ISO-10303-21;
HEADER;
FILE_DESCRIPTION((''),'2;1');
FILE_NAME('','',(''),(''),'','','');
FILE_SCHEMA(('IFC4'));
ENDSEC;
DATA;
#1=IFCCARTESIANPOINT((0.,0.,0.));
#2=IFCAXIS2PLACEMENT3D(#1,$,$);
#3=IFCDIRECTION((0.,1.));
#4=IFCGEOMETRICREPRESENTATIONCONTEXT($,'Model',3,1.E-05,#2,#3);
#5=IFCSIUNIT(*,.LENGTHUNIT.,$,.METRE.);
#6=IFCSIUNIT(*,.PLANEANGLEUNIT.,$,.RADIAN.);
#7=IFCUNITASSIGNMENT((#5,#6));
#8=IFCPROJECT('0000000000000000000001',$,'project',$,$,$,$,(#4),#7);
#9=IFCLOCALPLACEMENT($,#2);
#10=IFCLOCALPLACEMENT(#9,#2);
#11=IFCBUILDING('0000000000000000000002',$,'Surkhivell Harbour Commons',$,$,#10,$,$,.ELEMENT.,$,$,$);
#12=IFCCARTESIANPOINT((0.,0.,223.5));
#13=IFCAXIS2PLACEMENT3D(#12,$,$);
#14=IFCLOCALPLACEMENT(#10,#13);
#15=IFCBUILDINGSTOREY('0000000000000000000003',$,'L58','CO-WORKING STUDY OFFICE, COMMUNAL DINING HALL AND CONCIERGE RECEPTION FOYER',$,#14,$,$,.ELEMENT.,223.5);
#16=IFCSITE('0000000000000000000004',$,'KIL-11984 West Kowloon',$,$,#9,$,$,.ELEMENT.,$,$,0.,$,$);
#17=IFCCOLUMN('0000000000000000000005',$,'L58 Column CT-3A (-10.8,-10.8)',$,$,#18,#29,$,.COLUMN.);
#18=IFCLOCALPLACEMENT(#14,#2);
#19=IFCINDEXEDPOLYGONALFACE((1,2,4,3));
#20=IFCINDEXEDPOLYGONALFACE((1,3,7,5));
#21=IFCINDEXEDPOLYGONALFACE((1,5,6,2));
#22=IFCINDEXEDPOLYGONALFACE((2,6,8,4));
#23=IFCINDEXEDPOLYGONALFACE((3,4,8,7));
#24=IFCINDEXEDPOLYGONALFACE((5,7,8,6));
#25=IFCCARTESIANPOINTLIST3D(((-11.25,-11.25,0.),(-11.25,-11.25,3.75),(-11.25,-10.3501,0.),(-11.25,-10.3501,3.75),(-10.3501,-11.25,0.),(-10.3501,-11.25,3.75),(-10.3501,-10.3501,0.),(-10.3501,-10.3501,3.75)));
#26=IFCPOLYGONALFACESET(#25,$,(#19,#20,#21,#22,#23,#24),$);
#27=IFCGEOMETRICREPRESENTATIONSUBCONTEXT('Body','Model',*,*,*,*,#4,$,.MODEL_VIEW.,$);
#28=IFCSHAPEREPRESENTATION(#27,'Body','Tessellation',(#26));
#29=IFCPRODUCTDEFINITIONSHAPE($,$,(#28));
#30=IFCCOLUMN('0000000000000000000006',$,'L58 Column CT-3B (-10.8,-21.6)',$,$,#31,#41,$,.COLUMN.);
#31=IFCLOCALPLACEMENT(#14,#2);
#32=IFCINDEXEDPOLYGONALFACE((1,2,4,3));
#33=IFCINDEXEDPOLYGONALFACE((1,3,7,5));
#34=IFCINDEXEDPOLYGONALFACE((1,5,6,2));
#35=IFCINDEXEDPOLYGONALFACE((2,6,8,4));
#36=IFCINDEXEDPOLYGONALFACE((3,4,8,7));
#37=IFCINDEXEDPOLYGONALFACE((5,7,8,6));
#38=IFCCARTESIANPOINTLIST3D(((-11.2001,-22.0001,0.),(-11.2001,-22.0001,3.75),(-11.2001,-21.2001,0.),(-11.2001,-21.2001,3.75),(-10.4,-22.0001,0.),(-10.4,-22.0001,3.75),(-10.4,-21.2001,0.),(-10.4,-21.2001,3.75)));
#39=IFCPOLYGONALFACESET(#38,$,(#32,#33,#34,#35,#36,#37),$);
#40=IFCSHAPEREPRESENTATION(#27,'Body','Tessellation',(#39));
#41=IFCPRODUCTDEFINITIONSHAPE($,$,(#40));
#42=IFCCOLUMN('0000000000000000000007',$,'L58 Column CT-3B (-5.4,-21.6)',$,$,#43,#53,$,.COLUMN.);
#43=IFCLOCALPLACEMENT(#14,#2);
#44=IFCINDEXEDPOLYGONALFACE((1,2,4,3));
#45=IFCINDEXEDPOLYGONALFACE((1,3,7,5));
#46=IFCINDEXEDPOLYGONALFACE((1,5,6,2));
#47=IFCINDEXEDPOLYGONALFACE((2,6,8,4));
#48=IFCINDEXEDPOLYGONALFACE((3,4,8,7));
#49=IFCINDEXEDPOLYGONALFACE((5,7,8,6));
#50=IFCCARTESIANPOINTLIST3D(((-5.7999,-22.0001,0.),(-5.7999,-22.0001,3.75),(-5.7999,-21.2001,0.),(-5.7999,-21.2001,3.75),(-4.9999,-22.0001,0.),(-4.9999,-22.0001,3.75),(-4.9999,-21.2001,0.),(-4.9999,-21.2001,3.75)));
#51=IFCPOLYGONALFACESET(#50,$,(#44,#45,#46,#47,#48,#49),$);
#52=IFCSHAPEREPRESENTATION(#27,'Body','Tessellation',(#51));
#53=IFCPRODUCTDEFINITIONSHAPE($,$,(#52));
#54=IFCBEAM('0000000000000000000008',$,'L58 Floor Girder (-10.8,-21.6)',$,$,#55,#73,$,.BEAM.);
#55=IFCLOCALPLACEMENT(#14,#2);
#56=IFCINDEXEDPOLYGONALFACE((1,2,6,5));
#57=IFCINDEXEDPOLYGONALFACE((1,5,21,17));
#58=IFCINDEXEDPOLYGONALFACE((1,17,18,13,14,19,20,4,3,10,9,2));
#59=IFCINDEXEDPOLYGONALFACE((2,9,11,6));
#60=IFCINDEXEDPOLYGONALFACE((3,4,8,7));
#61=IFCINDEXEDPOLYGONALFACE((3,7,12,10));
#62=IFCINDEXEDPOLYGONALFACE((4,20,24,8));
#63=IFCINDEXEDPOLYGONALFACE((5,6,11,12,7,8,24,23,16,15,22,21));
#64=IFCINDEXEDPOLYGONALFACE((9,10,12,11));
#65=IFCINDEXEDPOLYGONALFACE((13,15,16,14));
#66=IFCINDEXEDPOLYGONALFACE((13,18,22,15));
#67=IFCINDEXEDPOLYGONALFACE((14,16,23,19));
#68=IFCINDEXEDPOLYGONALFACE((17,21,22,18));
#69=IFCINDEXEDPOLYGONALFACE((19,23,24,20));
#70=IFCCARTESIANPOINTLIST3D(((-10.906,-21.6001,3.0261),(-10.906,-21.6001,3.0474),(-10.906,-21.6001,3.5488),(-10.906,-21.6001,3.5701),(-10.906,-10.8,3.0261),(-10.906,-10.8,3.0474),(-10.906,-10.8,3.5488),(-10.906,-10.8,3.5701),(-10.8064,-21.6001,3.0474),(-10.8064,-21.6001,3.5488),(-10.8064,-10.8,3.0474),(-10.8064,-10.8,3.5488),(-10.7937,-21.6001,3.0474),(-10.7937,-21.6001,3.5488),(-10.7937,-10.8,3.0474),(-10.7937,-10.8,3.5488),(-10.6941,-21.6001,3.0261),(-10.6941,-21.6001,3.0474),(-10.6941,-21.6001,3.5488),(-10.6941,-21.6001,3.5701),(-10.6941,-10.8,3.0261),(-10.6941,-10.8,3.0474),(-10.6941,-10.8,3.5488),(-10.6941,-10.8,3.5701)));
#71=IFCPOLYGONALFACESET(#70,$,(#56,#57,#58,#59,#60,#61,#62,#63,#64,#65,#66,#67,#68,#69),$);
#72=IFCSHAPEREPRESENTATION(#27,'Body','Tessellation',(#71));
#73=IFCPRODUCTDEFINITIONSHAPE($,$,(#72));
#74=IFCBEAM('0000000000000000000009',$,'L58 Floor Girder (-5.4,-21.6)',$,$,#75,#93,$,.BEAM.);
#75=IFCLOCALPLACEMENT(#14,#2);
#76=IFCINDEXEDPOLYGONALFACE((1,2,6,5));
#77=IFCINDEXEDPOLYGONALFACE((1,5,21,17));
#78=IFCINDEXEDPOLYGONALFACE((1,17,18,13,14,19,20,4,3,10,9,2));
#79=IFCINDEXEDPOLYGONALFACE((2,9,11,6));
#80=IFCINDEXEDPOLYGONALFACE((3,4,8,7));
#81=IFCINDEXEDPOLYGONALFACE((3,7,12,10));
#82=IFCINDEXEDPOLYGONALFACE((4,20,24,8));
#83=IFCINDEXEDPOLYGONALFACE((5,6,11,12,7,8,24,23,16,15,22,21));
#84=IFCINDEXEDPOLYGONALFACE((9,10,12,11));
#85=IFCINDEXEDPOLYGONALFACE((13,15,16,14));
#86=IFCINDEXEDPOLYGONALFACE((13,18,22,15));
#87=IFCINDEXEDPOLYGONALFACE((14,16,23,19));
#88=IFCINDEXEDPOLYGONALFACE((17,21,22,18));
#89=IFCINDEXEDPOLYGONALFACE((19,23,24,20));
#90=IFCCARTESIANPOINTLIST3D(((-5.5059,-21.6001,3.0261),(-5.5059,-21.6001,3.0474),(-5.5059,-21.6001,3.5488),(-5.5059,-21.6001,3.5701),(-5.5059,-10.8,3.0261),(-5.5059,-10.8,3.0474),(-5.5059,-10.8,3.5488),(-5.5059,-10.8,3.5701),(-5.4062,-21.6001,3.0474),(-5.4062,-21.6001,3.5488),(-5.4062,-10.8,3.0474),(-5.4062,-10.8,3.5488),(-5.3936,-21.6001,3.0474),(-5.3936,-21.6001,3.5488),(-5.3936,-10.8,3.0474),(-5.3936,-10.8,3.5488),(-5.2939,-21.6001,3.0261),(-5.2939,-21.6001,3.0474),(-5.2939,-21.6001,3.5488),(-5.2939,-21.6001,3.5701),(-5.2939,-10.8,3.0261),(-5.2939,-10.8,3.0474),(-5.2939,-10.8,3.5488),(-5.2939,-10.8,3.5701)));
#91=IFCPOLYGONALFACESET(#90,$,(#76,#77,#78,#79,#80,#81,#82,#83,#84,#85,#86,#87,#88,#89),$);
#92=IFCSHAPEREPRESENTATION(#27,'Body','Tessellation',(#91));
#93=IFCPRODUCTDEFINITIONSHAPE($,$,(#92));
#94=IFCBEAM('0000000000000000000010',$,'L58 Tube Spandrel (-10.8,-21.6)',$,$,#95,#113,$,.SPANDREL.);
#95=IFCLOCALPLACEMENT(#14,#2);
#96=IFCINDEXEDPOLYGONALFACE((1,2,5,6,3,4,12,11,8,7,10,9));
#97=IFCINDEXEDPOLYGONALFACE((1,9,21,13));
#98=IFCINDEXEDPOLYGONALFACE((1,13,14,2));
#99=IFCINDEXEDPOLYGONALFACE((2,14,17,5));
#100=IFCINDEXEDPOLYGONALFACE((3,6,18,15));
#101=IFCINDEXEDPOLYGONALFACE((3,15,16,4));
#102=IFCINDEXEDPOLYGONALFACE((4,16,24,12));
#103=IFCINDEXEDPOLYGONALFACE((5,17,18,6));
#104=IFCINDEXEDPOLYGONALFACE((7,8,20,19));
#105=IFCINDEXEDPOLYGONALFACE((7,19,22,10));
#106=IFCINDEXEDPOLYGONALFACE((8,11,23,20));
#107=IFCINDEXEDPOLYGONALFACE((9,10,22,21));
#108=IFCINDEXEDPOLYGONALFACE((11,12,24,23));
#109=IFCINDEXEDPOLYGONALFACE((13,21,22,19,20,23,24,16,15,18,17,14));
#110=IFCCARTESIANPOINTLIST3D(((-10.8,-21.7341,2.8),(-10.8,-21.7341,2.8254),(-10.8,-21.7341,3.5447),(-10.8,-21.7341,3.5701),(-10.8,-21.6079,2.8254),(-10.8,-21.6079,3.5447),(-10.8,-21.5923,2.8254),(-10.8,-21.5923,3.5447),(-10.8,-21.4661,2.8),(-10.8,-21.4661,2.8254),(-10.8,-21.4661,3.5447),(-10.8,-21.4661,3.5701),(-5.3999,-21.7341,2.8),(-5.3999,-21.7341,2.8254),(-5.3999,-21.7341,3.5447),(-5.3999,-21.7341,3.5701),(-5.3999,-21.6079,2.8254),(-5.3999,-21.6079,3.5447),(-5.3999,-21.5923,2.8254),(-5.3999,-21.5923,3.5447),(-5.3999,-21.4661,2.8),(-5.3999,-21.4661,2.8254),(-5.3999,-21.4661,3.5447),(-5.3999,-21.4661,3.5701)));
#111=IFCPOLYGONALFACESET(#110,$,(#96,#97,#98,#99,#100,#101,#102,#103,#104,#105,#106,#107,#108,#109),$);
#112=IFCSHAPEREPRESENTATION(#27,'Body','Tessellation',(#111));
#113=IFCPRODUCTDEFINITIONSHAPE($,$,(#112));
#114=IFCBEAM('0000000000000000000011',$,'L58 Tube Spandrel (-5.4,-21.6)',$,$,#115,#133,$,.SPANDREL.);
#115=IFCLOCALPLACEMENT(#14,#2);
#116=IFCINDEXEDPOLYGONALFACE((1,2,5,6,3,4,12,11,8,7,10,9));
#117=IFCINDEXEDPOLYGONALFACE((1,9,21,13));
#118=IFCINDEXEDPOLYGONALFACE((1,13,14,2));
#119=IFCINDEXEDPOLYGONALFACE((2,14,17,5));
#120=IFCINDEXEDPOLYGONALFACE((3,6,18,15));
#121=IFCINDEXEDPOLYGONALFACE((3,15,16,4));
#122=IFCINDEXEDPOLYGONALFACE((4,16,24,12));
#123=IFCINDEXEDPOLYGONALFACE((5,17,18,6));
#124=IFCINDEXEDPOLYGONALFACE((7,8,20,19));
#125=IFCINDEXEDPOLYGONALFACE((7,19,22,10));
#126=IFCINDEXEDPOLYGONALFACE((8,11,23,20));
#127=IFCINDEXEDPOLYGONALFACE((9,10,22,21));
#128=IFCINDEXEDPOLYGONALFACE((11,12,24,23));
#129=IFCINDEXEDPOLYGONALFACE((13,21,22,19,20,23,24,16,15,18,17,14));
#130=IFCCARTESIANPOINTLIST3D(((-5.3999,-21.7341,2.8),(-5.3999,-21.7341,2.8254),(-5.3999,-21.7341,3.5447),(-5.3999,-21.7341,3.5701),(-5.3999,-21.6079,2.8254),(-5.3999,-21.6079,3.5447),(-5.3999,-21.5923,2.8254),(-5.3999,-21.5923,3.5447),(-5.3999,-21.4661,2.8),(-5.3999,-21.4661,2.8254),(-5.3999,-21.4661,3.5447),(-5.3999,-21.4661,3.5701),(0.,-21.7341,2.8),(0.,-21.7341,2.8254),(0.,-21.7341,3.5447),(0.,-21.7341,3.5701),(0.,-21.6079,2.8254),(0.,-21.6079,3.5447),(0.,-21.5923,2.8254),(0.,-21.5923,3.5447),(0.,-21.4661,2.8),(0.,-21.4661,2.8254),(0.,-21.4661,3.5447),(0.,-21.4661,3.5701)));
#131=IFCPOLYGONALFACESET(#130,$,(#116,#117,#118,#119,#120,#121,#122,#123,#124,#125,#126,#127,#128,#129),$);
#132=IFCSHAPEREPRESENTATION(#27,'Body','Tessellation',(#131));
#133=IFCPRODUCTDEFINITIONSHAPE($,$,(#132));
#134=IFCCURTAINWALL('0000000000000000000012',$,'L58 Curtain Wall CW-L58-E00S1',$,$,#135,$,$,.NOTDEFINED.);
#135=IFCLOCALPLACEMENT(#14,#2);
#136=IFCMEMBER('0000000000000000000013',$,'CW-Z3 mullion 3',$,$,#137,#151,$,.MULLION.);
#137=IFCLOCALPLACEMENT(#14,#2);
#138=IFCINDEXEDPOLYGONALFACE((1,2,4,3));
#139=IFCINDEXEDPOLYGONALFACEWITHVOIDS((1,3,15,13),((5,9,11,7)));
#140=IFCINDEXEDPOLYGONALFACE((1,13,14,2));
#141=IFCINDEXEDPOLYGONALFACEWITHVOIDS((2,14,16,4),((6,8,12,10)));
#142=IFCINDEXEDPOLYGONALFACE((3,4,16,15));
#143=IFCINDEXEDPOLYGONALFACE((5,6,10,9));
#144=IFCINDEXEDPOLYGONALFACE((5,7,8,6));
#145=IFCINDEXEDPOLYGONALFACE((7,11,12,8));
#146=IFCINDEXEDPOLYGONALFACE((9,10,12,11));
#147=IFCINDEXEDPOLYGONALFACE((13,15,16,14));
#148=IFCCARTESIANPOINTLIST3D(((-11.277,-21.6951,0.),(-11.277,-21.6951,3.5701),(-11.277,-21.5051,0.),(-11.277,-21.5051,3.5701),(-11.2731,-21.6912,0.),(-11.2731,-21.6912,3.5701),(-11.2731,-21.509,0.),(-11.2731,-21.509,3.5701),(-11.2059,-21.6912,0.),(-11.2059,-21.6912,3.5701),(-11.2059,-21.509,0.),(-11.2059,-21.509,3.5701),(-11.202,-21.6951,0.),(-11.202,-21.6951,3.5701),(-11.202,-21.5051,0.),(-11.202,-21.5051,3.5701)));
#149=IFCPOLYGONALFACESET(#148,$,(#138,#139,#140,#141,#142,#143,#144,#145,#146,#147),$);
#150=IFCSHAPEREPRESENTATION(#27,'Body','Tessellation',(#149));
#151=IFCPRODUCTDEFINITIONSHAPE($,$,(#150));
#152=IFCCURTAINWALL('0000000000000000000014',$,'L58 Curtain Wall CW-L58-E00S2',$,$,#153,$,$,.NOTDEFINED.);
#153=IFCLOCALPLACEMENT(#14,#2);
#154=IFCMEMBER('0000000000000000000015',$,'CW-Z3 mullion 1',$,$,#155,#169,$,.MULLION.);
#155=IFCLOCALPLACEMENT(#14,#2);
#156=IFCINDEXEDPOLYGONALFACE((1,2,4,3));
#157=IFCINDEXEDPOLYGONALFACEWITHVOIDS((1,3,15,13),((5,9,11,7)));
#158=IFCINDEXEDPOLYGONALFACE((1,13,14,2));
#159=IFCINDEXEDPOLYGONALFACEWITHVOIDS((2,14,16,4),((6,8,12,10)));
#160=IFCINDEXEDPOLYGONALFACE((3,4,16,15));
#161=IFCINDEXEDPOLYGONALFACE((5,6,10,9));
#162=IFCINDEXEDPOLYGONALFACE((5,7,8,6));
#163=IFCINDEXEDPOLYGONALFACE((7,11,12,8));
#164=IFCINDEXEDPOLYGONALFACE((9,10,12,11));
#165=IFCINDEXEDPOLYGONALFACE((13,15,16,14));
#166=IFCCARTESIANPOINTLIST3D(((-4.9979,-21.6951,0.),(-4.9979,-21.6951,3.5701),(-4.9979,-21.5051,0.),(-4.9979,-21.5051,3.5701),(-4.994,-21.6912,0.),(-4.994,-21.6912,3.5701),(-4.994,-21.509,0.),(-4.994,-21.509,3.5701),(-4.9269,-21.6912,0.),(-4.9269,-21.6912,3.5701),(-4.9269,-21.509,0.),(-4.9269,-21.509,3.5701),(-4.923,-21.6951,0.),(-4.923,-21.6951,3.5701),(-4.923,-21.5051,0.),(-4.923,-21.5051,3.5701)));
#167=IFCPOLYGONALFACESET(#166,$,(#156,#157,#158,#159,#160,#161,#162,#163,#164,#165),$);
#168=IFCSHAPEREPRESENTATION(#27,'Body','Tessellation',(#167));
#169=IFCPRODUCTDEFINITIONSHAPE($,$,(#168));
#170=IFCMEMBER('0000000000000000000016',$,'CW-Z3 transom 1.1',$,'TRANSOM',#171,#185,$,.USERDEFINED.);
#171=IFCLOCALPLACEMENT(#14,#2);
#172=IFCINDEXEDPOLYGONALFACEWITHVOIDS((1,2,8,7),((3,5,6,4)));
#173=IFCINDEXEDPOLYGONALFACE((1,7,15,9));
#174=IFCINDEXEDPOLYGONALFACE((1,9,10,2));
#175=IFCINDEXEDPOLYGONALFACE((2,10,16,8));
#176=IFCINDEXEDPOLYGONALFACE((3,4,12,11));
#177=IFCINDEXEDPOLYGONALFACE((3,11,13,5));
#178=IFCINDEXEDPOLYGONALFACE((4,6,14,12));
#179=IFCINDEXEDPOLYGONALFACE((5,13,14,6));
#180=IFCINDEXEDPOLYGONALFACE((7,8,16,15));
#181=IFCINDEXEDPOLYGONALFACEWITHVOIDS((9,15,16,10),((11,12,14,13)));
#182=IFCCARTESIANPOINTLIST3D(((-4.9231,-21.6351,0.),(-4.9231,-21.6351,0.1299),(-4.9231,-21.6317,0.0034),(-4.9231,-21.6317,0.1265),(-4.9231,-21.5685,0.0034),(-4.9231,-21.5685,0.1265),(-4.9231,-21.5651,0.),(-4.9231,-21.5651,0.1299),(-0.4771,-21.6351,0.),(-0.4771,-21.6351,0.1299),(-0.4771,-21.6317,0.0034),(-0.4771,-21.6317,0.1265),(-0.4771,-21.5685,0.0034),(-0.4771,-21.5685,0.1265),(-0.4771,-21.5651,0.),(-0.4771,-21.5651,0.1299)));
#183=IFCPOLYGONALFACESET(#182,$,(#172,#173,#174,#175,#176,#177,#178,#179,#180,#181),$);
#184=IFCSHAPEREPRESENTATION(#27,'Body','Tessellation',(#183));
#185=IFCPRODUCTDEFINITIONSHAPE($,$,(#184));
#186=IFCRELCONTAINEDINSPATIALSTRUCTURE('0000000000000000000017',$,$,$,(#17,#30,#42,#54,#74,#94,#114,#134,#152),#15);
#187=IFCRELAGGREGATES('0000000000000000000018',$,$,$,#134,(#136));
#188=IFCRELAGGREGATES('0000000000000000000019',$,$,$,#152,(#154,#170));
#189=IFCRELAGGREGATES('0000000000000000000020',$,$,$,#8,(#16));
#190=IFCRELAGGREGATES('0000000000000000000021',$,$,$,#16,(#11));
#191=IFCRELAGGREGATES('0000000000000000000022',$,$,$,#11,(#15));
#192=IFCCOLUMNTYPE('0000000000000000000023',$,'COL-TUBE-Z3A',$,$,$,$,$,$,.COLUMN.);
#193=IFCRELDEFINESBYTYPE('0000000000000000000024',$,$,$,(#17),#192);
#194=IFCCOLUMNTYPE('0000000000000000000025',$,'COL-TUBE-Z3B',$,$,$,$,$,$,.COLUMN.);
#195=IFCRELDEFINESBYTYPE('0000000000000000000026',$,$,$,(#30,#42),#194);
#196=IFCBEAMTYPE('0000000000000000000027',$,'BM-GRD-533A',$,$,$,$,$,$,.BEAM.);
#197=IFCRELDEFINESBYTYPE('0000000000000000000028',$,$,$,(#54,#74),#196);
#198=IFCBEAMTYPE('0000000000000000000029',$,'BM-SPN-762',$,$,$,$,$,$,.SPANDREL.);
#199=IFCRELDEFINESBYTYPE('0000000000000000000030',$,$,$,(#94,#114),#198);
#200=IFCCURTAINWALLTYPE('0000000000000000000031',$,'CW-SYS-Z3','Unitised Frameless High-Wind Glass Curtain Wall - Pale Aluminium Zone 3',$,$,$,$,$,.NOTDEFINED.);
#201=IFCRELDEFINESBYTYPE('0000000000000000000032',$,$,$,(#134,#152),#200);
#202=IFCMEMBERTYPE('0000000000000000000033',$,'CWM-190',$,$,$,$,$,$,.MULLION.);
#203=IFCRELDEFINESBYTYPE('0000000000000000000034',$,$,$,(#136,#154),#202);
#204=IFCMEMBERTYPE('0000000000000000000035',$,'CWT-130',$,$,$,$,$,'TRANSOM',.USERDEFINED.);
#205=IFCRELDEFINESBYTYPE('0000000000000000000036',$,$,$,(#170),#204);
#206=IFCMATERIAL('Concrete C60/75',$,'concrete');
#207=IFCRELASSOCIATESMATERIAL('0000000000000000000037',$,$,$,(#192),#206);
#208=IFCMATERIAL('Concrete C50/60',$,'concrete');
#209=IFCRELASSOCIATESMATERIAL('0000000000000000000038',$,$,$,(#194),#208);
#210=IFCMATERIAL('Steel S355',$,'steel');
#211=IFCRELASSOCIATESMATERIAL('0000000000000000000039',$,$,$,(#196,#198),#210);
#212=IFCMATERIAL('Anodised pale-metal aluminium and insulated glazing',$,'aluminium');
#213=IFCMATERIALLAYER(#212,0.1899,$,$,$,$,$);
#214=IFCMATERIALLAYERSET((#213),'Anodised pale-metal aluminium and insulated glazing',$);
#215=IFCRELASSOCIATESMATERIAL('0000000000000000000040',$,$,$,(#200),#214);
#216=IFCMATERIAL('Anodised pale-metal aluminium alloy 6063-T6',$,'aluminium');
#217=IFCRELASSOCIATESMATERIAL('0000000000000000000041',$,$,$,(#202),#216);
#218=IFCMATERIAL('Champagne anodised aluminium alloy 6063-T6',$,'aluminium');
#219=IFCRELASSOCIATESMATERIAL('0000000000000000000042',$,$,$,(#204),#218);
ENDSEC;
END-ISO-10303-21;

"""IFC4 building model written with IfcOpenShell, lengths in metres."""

from ifc_helpers import new_model, si_unit, direction, frame, origin, origin_2d, place, context, subcontext, project, spatial, rectangle, hollow_rectangle, i_section, extrude, material, layer, layer_set, material_profile, profile_set, type_object, element, aggregate, save


model = new_model("IFC4")

# Units and contexts
model_context = context("Model", 3, precision=1e-05, world=origin(), true_north=direction((0.0, 1.0)))
body_context = subcontext(model_context, "Body", "Model", "MODEL_VIEW")
ifc_project = project(units=[si_unit("LENGTHUNIT", "METRE"), si_unit("PLANEANGLEUNIT", "RADIAN")], contexts=[model_context])

# Site, building, storey
site_placement = place(None, origin())
site = spatial("IfcSite", under=ifc_project, at=site_placement, Name="KIL-11984 West Kowloon", CompositionType="ELEMENT", RefElevation=0.0)
building_placement = place(site_placement, origin())
building = spatial("IfcBuilding", under=site, at=building_placement, Name="Surkhivell Harbour Commons", CompositionType="ELEMENT")
storey_placement = place(building_placement, frame((0.0, 0.0, 223.5)))
storey = spatial("IfcBuildingStorey", under=building, at=storey_placement, Name="L58", Description="CO-WORKING STUDY OFFICE, COMMUNAL DINING HALL AND CONCIERGE RECEPTION FOYER", CompositionType="ELEMENT", Elevation=223.5)

# Columns
ifc_material_1 = material(Name="Concrete C60/75", Category="concrete")
ifc_material_profile_1 = material_profile(ifc_material_1, rectangle(XDim=0.8999, YDim=0.8999, at=origin_2d()), Name="RC-COL-900x900")
ifc_profile_set_1 = profile_set([ifc_material_profile_1], Name="Concrete C60/75")
column_type_1 = type_object("IfcColumnType", Name="COL-TUBE-Z3A", PredefinedType="COLUMN", material=ifc_profile_set_1)
column_placement = place(storey_placement, frame((-10.8, -10.8, 0.0), z_axis=(0.0, 0.0, 1.0), x_axis=(1.0, 0.0, 0.0)))
element("IfcColumn", 1, at=column_placement, inside=storey, type_object=column_type_1, Name="L58 Column CT-3A (-10.8,-10.8)", PredefinedType="COLUMN", context=body_context, shape_type="SweptSolid", body=[
    extrude(rectangle(XDim=0.8999, YDim=0.8999, at=origin_2d()), origin(), (0.0, 0.0, 1.0), 3.75),
])
ifc_material_2 = material(Name="Concrete C50/60", Category="concrete")
ifc_material_profile_2 = material_profile(ifc_material_2, rectangle(XDim=0.8, YDim=0.8, at=origin_2d()), Name="RC-COL-800x800")
ifc_profile_set_2 = profile_set([ifc_material_profile_2], Name="Concrete C50/60")
column_type_2 = type_object("IfcColumnType", Name="COL-TUBE-Z3B", PredefinedType="COLUMN", material=ifc_profile_set_2)
for number, where, z_axis, x_axis, name in (
    (2, (-10.8, -21.6001, 0.0), (0.0, 0.0, 1.0), (1.0, 0.0, 0.0), "L58 Column CT-3B (-10.8,-21.6)"),
    (3, (-5.3999, -21.6001, 0.0), (0.0, 0.0, 1.0), (1.0, 0.0, 0.0), "L58 Column CT-3B (-5.4,-21.6)"),
):
    element("IfcColumn", number, at=place(storey_placement, frame(where, z_axis=z_axis, x_axis=x_axis)), inside=storey, type_object=column_type_2, Name=name, PredefinedType="COLUMN", context=body_context, shape_type="SweptSolid", body=[
        extrude(rectangle(XDim=0.8, YDim=0.8, at=origin_2d()), origin(), (0.0, 0.0, 1.0), 3.75),
    ])

# Beams
ifc_material_3 = material(Name="Steel S355", Category="steel")
ifc_material_profile_3 = material_profile(ifc_material_3, i_section(OverallWidth=0.2119, OverallDepth=0.5439, WebThickness=0.0127, FlangeThickness=0.0212, at=origin_2d()), Name="UB533x210x122")
ifc_profile_set_3 = profile_set([ifc_material_profile_3], Name="Steel S355")
beam_type_1 = type_object("IfcBeamType", Name="BM-GRD-533A", PredefinedType="BEAM", material=ifc_profile_set_3)
for number, where, z_axis, x_axis, name in (
    (4, (-10.8, -21.6001, 3.2981), (0.0, 1.0, 0.0), (-1.0, 0.0, 0.0), "L58 Floor Girder (-10.8,-21.6)"),
    (5, (-5.3999, -21.6001, 3.2981), (0.0, 1.0, 0.0), (-1.0, 0.0, 0.0), "L58 Floor Girder (-5.4,-21.6)"),
):
    element("IfcBeam", number, at=place(storey_placement, frame(where, z_axis=z_axis, x_axis=x_axis)), inside=storey, type_object=beam_type_1, Name=name, PredefinedType="BEAM", context=body_context, shape_type="SweptSolid", body=[
        extrude(i_section(OverallWidth=0.2119, OverallDepth=0.5439, WebThickness=0.0127, FlangeThickness=0.0212, at=origin_2d()), origin(), (0.0, 0.0, 1.0), 10.8),
    ])
ifc_material_profile_4 = material_profile(ifc_material_3, i_section(OverallWidth=0.2681, OverallDepth=0.77, WebThickness=0.0156, FlangeThickness=0.0254, at=origin_2d()), Name="UB762x267x197")
ifc_profile_set_4 = profile_set([ifc_material_profile_4], Name="Steel S355")
beam_type_2 = type_object("IfcBeamType", Name="BM-SPN-762", PredefinedType="SPANDREL", material=ifc_profile_set_4)
beam_1_placement = place(storey_placement, frame((-10.8, -21.6001, 3.1851), z_axis=(1.0, 0.0, 0.0), x_axis=(0.0, 1.0, 0.0)))
element("IfcBeam", 6, at=beam_1_placement, inside=storey, type_object=beam_type_2, Name="L58 Tube Spandrel (-10.8,-21.6)", PredefinedType="SPANDREL", context=body_context, shape_type="SweptSolid", body=[
    extrude(i_section(OverallWidth=0.2681, OverallDepth=0.77, WebThickness=0.0156, FlangeThickness=0.0254, at=origin_2d()), origin(), (0.0, 0.0, 1.0), 5.4001),
])
beam_2_placement = place(storey_placement, frame((-5.3999, -21.6001, 3.1851), z_axis=(1.0, 0.0, 0.0), x_axis=(0.0, 1.0, 0.0)))
element("IfcBeam", 7, at=beam_2_placement, inside=storey, type_object=beam_type_2, Name="L58 Tube Spandrel (-5.4,-21.6)", PredefinedType="SPANDREL", context=body_context, shape_type="SweptSolid", body=[
    extrude(i_section(OverallWidth=0.2681, OverallDepth=0.77, WebThickness=0.0156, FlangeThickness=0.0254, at=origin_2d()), origin(), (0.0, 0.0, 1.0), 5.3999),
])

# Curtain wall, member
ifc_material_4 = material(Name="Anodised pale-metal aluminium and insulated glazing", Category="aluminium")
ifc_layer_1 = layer(ifc_material_4, 0.1899)
ifc_layer_set_1 = layer_set([ifc_layer_1], Name="Anodised pale-metal aluminium and insulated glazing")
curtain_wall_type = type_object("IfcCurtainWallType", Name="CW-SYS-Z3", Description="Unitised Frameless High-Wind Glass Curtain Wall - Pale Aluminium Zone 3", PredefinedType="NOTDEFINED", material=ifc_layer_set_1)
curtain_wall_1_placement = place(storey_placement, origin())
curtain_wall_1 = element("IfcCurtainWall", 8, at=curtain_wall_1_placement, inside=storey, type_object=curtain_wall_type, Name="L58 Curtain Wall CW-L58-E00S1", PredefinedType="NOTDEFINED")
ifc_material_5 = material(Name="Anodised pale-metal aluminium alloy 6063-T6", Category="aluminium")
ifc_material_profile_5 = material_profile(ifc_material_5, hollow_rectangle(XDim=0.075, YDim=0.1899, WallThickness=0.0039, at=origin_2d()), Name="ALU-MULL-75x190")
ifc_profile_set_5 = profile_set([ifc_material_profile_5], Name="Anodised pale-metal aluminium alloy 6063-T6")
member_type_1 = type_object("IfcMemberType", Name="CWM-190", PredefinedType="MULLION", material=ifc_profile_set_5)
member_1_placement = place(storey_placement, frame((-11.2395, -21.6001, 0.0), z_axis=(0.0, 0.0, 1.0), x_axis=(1.0, 0.0, 0.0)))
member_1 = element("IfcMember", 9, at=member_1_placement, type_object=member_type_1, Name="CW-Z3 mullion 3", PredefinedType="MULLION", context=body_context, shape_type="SweptSolid", body=[
    extrude(hollow_rectangle(XDim=0.075, YDim=0.1899, WallThickness=0.0039, at=origin_2d()), origin(), (0.0, 0.0, 1.0), 3.5701),
])
aggregate(curtain_wall_1, [member_1])

# Curtain wall, members
curtain_wall_2_placement = place(storey_placement, origin())
curtain_wall_2 = element("IfcCurtainWall", 10, at=curtain_wall_2_placement, inside=storey, type_object=curtain_wall_type, Name="L58 Curtain Wall CW-L58-E00S2", PredefinedType="NOTDEFINED")
member_2_placement = place(storey_placement, frame((-4.9604, -21.6001, 0.0), z_axis=(0.0, 0.0, 1.0), x_axis=(1.0, 0.0, 0.0)))
member_2 = element("IfcMember", 11, at=member_2_placement, type_object=member_type_1, Name="CW-Z3 mullion 1", PredefinedType="MULLION", context=body_context, shape_type="SweptSolid", body=[
    extrude(hollow_rectangle(XDim=0.075, YDim=0.1899, WallThickness=0.0039, at=origin_2d()), origin(), (0.0, 0.0, 1.0), 3.5701),
])
ifc_material_6 = material(Name="Champagne anodised aluminium alloy 6063-T6", Category="aluminium")
ifc_material_profile_6 = material_profile(ifc_material_6, hollow_rectangle(XDim=0.0701, YDim=0.1299, WallThickness=0.0034, at=origin_2d()), Name="ALU-TRAN-70x130")
ifc_profile_set_6 = profile_set([ifc_material_profile_6], Name="Champagne anodised aluminium alloy 6063-T6")
member_type_2 = type_object("IfcMemberType", Name="CWT-130", ElementType="TRANSOM", PredefinedType="USERDEFINED", material=ifc_profile_set_6)
member_3_placement = place(storey_placement, frame((-4.9231, -21.6001, 0.0649), z_axis=(1.0, 0.0, 0.0), x_axis=(0.0, 1.0, 0.0)))
member_3 = element("IfcMember", 12, at=member_3_placement, type_object=member_type_2, Name="CW-Z3 transom 1.1", ObjectType="TRANSOM", PredefinedType="USERDEFINED", context=body_context, shape_type="SweptSolid", body=[
    extrude(hollow_rectangle(XDim=0.0701, YDim=0.1299, WallThickness=0.0034, at=origin_2d()), origin(), (0.0, 0.0, 1.0), 4.446),
])

aggregate(curtain_wall_2, [member_2, member_3])

save(model, "model.ifc")
